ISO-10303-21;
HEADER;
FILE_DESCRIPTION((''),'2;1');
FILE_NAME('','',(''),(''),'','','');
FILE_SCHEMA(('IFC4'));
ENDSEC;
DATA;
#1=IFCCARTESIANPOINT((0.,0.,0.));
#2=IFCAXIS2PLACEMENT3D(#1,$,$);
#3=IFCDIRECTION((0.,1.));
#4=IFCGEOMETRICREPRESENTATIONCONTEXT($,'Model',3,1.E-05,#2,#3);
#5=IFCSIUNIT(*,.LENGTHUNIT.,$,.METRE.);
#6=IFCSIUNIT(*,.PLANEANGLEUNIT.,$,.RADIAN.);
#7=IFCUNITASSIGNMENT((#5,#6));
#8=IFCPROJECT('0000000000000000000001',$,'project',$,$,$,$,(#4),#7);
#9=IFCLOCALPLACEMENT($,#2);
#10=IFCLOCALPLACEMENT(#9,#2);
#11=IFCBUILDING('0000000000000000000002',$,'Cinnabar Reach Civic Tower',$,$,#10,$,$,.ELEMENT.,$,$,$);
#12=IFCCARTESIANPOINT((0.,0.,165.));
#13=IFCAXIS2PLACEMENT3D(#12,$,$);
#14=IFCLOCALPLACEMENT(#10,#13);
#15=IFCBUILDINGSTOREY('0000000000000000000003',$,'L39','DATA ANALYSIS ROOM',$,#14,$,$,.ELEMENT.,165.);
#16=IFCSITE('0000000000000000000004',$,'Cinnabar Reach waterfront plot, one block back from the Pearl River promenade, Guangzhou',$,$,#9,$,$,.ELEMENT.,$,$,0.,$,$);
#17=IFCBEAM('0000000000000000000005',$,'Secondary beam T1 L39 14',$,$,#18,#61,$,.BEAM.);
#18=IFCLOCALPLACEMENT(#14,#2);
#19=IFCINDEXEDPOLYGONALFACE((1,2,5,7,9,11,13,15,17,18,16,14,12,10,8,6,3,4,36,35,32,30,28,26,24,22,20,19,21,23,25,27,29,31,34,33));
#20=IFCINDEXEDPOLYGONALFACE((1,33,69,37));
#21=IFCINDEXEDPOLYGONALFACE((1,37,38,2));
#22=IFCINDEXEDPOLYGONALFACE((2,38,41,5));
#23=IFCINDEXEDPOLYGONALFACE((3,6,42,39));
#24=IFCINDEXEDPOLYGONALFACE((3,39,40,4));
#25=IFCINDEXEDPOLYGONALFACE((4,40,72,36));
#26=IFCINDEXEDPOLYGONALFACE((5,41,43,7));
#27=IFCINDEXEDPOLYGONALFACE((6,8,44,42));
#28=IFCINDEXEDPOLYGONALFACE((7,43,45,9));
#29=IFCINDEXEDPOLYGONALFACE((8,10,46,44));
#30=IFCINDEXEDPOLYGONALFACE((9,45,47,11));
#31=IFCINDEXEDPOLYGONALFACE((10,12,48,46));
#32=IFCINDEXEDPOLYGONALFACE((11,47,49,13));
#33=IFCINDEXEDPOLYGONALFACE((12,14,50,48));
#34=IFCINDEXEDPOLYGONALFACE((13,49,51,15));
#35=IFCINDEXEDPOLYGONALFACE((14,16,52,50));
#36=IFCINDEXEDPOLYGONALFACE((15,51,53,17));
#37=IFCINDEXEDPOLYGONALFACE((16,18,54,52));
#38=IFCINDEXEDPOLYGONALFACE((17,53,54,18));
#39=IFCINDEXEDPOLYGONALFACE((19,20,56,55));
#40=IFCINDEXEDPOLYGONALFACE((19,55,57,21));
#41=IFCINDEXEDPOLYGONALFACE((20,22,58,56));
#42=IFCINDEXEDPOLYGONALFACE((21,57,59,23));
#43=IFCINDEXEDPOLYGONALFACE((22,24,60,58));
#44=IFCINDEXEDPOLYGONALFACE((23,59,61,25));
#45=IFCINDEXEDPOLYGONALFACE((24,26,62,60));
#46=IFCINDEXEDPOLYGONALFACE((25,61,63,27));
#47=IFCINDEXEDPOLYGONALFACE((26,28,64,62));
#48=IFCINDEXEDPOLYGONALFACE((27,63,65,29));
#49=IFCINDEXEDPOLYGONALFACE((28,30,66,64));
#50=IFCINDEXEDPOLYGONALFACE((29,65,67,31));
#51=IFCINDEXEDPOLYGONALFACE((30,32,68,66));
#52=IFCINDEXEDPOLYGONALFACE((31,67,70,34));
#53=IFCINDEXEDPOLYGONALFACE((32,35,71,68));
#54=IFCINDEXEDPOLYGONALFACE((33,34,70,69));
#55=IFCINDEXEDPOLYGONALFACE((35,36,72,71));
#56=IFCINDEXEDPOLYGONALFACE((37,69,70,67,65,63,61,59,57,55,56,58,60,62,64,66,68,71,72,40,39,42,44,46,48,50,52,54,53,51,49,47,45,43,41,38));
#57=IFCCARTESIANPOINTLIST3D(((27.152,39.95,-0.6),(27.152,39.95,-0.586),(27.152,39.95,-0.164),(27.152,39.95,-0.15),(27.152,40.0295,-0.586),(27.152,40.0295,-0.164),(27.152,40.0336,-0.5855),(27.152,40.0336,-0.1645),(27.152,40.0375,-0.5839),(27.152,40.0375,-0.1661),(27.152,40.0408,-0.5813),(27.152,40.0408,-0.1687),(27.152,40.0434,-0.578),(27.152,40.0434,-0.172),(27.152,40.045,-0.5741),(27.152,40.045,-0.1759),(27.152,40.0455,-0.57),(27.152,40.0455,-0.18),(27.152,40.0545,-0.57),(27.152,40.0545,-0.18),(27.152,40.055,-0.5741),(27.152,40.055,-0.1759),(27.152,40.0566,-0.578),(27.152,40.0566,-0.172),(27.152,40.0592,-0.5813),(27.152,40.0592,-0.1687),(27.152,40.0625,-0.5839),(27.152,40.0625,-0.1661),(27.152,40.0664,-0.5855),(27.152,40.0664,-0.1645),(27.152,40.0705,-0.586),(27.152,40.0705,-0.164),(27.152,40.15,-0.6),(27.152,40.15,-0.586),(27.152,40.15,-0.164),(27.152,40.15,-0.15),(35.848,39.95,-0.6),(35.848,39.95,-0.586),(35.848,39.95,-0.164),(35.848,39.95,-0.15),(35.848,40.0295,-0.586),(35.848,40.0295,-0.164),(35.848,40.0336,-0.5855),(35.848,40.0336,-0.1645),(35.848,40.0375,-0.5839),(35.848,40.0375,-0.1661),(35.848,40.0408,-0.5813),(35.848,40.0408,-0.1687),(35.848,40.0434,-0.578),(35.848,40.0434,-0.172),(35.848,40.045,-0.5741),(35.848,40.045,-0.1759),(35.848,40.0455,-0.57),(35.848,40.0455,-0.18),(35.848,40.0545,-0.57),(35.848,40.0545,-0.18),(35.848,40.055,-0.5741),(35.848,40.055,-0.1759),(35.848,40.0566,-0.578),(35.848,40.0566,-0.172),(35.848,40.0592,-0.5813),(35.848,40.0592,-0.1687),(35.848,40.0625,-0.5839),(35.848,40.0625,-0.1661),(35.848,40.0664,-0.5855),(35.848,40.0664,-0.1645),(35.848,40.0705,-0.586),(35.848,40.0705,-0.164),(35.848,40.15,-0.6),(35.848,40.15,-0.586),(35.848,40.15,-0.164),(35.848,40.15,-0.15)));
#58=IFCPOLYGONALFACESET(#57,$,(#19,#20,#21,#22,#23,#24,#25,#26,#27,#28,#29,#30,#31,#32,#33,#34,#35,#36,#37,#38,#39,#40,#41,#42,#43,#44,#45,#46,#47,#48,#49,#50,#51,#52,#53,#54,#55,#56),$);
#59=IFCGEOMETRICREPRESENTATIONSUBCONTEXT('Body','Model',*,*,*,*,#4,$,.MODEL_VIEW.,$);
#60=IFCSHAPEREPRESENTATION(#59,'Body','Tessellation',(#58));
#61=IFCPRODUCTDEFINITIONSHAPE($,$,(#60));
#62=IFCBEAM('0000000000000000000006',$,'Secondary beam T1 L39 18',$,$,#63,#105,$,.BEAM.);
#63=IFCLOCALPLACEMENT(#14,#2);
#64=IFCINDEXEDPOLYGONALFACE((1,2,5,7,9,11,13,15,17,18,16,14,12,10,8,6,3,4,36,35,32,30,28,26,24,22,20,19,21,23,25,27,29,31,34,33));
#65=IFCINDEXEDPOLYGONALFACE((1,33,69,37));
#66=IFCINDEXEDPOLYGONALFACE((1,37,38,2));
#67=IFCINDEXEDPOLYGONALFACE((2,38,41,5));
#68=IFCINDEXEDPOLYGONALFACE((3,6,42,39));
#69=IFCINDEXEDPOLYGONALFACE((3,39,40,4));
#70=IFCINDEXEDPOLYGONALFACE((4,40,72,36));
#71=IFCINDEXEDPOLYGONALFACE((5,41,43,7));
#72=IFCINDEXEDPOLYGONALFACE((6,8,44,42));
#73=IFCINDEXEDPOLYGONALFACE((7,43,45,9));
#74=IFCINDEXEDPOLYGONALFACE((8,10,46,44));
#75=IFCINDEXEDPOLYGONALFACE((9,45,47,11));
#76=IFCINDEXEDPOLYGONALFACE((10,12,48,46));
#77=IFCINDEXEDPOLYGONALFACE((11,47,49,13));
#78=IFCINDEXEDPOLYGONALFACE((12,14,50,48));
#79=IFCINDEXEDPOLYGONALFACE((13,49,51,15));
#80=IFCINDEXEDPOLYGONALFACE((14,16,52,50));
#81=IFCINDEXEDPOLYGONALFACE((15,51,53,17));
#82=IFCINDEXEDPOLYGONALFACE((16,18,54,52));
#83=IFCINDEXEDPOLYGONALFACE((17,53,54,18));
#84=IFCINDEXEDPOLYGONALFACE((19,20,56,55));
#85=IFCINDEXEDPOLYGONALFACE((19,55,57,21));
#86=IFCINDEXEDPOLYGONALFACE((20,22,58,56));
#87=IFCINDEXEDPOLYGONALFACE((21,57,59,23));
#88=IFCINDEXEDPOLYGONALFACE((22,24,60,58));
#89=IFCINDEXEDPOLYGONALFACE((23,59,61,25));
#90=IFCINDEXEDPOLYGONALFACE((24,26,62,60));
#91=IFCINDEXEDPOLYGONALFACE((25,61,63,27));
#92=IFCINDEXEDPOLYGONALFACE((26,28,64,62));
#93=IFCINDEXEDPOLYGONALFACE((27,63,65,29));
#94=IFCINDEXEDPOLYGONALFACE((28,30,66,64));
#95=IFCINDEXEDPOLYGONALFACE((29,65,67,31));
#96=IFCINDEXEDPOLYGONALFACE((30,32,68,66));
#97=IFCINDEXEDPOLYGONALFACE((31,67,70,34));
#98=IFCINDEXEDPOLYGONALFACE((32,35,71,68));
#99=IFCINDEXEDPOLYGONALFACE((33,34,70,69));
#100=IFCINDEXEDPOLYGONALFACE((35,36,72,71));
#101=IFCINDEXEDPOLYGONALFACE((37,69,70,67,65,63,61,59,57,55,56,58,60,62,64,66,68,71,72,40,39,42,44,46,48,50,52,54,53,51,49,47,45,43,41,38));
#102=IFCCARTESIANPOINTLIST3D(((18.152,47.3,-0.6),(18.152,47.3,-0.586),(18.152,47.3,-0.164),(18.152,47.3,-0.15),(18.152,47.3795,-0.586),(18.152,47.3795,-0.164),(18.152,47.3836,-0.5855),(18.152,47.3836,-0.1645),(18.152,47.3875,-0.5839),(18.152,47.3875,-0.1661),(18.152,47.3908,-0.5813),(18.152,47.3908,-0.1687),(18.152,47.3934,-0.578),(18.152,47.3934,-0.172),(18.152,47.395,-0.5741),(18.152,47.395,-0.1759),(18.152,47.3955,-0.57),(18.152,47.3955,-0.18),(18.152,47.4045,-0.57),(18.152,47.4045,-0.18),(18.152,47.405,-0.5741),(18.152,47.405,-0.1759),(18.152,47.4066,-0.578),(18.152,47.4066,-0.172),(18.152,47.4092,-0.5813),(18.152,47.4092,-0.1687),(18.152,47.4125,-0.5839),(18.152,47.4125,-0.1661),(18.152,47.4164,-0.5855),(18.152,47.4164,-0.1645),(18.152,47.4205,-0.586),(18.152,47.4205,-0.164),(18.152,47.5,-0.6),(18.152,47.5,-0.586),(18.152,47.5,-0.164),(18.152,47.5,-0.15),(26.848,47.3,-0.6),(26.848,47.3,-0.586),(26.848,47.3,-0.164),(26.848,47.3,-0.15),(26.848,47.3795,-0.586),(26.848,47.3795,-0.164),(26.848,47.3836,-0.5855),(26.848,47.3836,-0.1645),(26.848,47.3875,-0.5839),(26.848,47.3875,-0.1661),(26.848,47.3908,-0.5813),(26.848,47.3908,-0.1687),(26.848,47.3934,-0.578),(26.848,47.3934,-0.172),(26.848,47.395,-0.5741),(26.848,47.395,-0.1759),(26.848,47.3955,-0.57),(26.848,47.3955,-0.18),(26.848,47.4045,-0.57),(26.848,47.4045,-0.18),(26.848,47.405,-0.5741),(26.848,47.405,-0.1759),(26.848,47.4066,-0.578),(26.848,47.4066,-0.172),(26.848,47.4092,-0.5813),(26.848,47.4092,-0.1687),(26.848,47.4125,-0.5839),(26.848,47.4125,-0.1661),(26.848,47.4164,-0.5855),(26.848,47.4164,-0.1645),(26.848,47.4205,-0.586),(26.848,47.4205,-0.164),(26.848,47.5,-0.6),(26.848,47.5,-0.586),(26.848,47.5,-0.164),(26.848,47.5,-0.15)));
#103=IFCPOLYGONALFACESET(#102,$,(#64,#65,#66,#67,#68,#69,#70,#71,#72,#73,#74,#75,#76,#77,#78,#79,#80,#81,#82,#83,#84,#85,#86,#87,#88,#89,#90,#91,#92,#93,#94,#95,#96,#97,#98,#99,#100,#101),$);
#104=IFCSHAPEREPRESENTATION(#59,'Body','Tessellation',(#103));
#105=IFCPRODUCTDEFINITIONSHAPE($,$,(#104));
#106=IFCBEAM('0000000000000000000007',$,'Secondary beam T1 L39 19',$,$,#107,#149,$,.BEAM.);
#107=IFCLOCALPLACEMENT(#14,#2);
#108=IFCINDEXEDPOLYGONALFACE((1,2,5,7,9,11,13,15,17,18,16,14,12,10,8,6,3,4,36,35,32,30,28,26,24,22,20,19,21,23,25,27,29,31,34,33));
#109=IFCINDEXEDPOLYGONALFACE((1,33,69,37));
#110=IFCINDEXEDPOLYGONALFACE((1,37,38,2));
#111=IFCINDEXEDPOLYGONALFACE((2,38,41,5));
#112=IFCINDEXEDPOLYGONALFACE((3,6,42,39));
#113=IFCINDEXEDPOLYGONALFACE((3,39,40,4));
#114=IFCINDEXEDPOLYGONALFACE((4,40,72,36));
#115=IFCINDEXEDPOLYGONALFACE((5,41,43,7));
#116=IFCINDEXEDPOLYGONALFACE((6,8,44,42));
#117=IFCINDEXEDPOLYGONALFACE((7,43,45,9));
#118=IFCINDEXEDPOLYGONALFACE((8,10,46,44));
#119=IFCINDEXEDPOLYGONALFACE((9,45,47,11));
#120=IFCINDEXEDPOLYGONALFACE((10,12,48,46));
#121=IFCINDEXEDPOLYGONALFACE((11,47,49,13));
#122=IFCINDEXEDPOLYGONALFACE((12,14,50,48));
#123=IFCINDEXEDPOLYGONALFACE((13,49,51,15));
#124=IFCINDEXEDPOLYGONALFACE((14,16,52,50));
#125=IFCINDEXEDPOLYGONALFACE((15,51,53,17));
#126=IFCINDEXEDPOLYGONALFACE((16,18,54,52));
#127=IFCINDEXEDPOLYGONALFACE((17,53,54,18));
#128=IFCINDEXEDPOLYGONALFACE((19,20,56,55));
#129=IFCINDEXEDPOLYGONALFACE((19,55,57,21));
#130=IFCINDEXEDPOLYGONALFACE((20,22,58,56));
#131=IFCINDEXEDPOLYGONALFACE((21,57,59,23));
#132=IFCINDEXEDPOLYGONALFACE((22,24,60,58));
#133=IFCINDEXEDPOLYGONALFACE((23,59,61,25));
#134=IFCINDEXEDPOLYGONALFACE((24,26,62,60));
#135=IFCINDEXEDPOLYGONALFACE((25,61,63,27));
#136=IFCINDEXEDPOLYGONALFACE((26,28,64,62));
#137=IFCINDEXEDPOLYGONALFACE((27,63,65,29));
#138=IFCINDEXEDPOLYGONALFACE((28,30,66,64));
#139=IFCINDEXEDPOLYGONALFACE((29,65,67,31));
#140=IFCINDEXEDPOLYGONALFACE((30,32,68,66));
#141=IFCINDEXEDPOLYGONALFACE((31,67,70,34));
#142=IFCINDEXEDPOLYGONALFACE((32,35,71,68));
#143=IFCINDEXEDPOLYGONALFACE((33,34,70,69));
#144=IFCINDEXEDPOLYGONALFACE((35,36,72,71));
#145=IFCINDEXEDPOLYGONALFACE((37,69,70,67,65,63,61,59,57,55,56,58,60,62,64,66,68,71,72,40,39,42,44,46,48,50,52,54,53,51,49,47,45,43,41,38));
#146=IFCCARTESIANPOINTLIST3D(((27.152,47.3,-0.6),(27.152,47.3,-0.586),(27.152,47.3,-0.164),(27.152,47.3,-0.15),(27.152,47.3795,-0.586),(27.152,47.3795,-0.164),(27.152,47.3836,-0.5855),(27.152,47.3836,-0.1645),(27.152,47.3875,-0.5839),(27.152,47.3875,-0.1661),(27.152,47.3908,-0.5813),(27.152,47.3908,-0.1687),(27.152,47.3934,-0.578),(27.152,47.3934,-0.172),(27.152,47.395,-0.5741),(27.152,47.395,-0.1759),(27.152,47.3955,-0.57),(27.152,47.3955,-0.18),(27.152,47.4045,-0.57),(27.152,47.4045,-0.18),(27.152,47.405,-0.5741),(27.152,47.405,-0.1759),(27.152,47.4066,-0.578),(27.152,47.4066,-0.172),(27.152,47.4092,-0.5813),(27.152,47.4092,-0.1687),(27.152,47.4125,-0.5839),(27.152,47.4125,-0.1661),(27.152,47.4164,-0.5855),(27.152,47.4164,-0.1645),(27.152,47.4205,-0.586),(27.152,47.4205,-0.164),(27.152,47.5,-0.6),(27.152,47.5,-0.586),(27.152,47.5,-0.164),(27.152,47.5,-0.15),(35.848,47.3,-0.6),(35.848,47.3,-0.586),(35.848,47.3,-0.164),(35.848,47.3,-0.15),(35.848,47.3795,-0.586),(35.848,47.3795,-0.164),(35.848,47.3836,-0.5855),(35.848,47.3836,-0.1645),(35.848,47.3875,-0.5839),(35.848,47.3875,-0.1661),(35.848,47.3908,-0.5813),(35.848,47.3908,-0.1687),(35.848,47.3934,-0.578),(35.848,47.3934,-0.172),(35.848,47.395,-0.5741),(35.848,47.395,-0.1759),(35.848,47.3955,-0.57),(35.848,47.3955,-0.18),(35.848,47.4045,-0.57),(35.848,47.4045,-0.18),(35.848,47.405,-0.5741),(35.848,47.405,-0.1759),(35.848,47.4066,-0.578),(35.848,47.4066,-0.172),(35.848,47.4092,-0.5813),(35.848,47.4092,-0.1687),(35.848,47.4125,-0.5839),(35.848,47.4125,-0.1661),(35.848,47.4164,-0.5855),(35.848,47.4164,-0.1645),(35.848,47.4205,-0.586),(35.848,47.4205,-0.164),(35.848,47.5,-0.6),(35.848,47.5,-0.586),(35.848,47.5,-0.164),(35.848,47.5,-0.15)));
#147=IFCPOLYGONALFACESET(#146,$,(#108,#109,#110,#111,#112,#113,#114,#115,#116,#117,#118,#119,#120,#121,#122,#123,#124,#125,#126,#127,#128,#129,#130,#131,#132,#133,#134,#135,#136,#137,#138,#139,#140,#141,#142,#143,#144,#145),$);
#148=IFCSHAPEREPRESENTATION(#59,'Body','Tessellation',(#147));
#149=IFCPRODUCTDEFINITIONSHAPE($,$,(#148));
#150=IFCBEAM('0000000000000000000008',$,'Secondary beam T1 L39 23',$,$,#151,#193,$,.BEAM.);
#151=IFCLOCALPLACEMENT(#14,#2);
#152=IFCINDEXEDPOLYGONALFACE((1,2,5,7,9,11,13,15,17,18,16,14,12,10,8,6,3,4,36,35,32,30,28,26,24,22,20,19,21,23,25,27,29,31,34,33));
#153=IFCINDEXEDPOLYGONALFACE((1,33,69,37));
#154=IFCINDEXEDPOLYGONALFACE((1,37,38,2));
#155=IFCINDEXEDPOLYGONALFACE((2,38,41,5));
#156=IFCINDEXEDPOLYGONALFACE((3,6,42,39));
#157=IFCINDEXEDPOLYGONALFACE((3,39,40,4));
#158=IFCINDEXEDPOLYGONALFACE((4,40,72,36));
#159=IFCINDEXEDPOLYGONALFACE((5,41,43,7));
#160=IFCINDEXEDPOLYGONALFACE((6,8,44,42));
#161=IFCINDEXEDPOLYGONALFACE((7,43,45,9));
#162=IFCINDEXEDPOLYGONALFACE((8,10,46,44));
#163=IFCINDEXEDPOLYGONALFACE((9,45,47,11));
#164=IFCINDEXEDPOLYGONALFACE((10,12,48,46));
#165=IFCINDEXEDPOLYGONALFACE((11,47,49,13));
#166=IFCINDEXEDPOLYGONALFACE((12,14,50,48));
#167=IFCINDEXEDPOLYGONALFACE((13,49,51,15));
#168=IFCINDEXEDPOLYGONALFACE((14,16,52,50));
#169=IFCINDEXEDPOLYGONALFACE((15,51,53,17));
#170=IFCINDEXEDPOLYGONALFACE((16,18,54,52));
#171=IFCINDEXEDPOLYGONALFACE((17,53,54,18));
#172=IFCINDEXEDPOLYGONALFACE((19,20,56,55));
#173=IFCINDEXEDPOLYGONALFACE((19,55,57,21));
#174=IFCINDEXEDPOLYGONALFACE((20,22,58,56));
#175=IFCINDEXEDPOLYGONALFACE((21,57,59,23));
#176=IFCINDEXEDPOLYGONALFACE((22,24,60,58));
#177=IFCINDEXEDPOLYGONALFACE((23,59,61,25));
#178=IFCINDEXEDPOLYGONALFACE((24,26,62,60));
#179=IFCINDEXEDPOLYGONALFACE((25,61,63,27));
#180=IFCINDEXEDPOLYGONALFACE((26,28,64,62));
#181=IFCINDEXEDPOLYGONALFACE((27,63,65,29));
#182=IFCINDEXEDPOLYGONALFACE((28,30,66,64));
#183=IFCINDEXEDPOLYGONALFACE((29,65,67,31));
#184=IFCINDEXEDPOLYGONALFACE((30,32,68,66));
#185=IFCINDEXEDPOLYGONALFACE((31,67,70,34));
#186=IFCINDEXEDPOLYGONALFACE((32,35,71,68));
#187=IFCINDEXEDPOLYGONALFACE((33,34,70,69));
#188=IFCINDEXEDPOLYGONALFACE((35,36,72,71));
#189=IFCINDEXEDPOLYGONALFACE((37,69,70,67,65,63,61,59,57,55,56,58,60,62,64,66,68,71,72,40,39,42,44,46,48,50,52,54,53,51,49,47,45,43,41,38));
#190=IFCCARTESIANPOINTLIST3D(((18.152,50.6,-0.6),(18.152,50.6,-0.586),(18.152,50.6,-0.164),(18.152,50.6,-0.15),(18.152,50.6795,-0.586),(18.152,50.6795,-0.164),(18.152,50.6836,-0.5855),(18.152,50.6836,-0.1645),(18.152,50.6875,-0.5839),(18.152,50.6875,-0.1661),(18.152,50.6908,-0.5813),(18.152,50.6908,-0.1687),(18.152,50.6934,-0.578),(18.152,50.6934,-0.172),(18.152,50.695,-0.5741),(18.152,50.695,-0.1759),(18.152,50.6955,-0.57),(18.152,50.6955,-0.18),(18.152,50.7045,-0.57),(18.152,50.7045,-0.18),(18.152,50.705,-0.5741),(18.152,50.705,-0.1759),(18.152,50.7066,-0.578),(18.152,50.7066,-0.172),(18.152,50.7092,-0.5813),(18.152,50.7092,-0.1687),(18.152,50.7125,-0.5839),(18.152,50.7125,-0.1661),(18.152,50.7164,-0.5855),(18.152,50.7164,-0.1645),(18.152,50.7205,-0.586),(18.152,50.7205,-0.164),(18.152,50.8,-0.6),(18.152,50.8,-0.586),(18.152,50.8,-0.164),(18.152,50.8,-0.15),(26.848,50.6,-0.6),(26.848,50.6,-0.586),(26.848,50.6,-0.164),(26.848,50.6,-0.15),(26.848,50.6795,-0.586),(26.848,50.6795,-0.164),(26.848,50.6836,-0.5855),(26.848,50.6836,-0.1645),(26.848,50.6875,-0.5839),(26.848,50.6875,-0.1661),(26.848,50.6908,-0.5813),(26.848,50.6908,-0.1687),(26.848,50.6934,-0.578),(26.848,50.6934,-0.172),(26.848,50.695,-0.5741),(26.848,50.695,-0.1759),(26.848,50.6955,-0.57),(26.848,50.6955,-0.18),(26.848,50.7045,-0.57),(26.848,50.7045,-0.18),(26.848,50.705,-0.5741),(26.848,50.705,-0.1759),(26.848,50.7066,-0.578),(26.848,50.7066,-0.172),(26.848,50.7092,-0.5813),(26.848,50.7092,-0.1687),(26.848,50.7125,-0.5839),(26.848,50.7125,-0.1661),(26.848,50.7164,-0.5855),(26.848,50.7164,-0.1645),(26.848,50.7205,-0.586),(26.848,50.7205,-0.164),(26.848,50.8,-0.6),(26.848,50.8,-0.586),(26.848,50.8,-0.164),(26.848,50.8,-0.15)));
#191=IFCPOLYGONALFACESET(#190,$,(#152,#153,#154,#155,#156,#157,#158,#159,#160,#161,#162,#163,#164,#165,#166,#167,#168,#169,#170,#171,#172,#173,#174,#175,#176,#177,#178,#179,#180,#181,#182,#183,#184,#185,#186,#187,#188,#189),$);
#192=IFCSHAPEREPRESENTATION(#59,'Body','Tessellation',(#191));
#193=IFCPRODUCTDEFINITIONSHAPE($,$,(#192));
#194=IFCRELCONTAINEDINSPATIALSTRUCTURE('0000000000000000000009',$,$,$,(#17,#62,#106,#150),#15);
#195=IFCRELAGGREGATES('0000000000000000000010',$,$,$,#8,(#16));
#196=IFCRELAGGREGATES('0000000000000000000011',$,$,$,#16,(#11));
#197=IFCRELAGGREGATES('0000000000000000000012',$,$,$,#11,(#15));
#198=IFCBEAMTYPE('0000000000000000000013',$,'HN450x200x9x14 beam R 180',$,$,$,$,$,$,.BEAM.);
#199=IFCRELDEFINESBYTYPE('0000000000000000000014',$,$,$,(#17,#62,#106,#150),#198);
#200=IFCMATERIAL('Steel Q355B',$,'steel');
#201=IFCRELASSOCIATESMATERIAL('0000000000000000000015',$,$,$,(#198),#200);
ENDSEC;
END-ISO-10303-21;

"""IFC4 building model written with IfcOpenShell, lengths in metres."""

from ifc_helpers import new_model, si_unit, direction, frame, origin, origin_2d, place, context, subcontext, project, spatial, i_section, extrude, material, material_profile, profile_set, type_object, element, save


model = new_model("IFC4")

# Units and contexts
model_context = context("Model", 3, precision=1e-05, world=origin(), true_north=direction((0.0, 1.0)))
body_context = subcontext(model_context, "Body", "Model", "MODEL_VIEW")
ifc_project = project(units=[si_unit("LENGTHUNIT", "METRE"), si_unit("PLANEANGLEUNIT", "RADIAN")], contexts=[model_context])

# Site, building, storey
site_placement = place(None, origin())
site = spatial("IfcSite", under=ifc_project, at=site_placement, Name="Cinnabar Reach waterfront plot, one block back from the Pearl River promenade, Guangzhou", CompositionType="ELEMENT", RefElevation=0.0)
building_placement = place(site_placement, origin())
building = spatial("IfcBuilding", under=site, at=building_placement, Name="Cinnabar Reach Civic Tower", CompositionType="ELEMENT")
storey_placement = place(building_placement, frame((0.0, 0.0, 165.0)))
storey = spatial("IfcBuildingStorey", under=building, at=storey_placement, Name="L39", Description="DATA ANALYSIS ROOM", CompositionType="ELEMENT", Elevation=165.0)

# Beams
ifc_material_1 = material(Name="Steel Q355B", Category="steel")
ifc_material_profile_1 = material_profile(ifc_material_1, i_section(OverallWidth=0.2, OverallDepth=0.45, WebThickness=0.009, FlangeThickness=0.014, FilletRadius=0.016, at=origin_2d()), Name="HN450x200x9x14")
ifc_profile_set_1 = profile_set([ifc_material_profile_1], Name="Steel Q355B")
beam_type_1 = type_object("IfcBeamType", Name="HN450x200x9x14 beam R 180", PredefinedType="BEAM", material=ifc_profile_set_1)
for number, where, z_axis, x_axis, name in (
    (1, (27.152, 40.05, -0.375), (1.0, 0.0, 0.0), (0.0, 1.0, 0.0), "Secondary beam T1 L39 14"),
    (2, (18.152, 47.4, -0.375), (1.0, 0.0, 0.0), (0.0, 1.0, 0.0), "Secondary beam T1 L39 18"),
    (3, (27.152, 47.4, -0.375), (1.0, 0.0, 0.0), (0.0, 1.0, 0.0), "Secondary beam T1 L39 19"),
    (4, (18.152, 50.7, -0.375), (1.0, 0.0, 0.0), (0.0, 1.0, 0.0), "Secondary beam T1 L39 23"),
):
    element("IfcBeam", number, at=place(storey_placement, frame(where, z_axis=z_axis, x_axis=x_axis)), inside=storey, type_object=beam_type_1, Name=name, PredefinedType="BEAM", context=body_context, shape_type="SweptSolid", body=[
        extrude(i_section(OverallWidth=0.2, OverallDepth=0.45, WebThickness=0.009, FlangeThickness=0.014, FilletRadius=0.016, at=origin_2d()), origin(), (0.0, 0.0, 1.0), 8.696),
    ])

save(model, "model.ifc")
